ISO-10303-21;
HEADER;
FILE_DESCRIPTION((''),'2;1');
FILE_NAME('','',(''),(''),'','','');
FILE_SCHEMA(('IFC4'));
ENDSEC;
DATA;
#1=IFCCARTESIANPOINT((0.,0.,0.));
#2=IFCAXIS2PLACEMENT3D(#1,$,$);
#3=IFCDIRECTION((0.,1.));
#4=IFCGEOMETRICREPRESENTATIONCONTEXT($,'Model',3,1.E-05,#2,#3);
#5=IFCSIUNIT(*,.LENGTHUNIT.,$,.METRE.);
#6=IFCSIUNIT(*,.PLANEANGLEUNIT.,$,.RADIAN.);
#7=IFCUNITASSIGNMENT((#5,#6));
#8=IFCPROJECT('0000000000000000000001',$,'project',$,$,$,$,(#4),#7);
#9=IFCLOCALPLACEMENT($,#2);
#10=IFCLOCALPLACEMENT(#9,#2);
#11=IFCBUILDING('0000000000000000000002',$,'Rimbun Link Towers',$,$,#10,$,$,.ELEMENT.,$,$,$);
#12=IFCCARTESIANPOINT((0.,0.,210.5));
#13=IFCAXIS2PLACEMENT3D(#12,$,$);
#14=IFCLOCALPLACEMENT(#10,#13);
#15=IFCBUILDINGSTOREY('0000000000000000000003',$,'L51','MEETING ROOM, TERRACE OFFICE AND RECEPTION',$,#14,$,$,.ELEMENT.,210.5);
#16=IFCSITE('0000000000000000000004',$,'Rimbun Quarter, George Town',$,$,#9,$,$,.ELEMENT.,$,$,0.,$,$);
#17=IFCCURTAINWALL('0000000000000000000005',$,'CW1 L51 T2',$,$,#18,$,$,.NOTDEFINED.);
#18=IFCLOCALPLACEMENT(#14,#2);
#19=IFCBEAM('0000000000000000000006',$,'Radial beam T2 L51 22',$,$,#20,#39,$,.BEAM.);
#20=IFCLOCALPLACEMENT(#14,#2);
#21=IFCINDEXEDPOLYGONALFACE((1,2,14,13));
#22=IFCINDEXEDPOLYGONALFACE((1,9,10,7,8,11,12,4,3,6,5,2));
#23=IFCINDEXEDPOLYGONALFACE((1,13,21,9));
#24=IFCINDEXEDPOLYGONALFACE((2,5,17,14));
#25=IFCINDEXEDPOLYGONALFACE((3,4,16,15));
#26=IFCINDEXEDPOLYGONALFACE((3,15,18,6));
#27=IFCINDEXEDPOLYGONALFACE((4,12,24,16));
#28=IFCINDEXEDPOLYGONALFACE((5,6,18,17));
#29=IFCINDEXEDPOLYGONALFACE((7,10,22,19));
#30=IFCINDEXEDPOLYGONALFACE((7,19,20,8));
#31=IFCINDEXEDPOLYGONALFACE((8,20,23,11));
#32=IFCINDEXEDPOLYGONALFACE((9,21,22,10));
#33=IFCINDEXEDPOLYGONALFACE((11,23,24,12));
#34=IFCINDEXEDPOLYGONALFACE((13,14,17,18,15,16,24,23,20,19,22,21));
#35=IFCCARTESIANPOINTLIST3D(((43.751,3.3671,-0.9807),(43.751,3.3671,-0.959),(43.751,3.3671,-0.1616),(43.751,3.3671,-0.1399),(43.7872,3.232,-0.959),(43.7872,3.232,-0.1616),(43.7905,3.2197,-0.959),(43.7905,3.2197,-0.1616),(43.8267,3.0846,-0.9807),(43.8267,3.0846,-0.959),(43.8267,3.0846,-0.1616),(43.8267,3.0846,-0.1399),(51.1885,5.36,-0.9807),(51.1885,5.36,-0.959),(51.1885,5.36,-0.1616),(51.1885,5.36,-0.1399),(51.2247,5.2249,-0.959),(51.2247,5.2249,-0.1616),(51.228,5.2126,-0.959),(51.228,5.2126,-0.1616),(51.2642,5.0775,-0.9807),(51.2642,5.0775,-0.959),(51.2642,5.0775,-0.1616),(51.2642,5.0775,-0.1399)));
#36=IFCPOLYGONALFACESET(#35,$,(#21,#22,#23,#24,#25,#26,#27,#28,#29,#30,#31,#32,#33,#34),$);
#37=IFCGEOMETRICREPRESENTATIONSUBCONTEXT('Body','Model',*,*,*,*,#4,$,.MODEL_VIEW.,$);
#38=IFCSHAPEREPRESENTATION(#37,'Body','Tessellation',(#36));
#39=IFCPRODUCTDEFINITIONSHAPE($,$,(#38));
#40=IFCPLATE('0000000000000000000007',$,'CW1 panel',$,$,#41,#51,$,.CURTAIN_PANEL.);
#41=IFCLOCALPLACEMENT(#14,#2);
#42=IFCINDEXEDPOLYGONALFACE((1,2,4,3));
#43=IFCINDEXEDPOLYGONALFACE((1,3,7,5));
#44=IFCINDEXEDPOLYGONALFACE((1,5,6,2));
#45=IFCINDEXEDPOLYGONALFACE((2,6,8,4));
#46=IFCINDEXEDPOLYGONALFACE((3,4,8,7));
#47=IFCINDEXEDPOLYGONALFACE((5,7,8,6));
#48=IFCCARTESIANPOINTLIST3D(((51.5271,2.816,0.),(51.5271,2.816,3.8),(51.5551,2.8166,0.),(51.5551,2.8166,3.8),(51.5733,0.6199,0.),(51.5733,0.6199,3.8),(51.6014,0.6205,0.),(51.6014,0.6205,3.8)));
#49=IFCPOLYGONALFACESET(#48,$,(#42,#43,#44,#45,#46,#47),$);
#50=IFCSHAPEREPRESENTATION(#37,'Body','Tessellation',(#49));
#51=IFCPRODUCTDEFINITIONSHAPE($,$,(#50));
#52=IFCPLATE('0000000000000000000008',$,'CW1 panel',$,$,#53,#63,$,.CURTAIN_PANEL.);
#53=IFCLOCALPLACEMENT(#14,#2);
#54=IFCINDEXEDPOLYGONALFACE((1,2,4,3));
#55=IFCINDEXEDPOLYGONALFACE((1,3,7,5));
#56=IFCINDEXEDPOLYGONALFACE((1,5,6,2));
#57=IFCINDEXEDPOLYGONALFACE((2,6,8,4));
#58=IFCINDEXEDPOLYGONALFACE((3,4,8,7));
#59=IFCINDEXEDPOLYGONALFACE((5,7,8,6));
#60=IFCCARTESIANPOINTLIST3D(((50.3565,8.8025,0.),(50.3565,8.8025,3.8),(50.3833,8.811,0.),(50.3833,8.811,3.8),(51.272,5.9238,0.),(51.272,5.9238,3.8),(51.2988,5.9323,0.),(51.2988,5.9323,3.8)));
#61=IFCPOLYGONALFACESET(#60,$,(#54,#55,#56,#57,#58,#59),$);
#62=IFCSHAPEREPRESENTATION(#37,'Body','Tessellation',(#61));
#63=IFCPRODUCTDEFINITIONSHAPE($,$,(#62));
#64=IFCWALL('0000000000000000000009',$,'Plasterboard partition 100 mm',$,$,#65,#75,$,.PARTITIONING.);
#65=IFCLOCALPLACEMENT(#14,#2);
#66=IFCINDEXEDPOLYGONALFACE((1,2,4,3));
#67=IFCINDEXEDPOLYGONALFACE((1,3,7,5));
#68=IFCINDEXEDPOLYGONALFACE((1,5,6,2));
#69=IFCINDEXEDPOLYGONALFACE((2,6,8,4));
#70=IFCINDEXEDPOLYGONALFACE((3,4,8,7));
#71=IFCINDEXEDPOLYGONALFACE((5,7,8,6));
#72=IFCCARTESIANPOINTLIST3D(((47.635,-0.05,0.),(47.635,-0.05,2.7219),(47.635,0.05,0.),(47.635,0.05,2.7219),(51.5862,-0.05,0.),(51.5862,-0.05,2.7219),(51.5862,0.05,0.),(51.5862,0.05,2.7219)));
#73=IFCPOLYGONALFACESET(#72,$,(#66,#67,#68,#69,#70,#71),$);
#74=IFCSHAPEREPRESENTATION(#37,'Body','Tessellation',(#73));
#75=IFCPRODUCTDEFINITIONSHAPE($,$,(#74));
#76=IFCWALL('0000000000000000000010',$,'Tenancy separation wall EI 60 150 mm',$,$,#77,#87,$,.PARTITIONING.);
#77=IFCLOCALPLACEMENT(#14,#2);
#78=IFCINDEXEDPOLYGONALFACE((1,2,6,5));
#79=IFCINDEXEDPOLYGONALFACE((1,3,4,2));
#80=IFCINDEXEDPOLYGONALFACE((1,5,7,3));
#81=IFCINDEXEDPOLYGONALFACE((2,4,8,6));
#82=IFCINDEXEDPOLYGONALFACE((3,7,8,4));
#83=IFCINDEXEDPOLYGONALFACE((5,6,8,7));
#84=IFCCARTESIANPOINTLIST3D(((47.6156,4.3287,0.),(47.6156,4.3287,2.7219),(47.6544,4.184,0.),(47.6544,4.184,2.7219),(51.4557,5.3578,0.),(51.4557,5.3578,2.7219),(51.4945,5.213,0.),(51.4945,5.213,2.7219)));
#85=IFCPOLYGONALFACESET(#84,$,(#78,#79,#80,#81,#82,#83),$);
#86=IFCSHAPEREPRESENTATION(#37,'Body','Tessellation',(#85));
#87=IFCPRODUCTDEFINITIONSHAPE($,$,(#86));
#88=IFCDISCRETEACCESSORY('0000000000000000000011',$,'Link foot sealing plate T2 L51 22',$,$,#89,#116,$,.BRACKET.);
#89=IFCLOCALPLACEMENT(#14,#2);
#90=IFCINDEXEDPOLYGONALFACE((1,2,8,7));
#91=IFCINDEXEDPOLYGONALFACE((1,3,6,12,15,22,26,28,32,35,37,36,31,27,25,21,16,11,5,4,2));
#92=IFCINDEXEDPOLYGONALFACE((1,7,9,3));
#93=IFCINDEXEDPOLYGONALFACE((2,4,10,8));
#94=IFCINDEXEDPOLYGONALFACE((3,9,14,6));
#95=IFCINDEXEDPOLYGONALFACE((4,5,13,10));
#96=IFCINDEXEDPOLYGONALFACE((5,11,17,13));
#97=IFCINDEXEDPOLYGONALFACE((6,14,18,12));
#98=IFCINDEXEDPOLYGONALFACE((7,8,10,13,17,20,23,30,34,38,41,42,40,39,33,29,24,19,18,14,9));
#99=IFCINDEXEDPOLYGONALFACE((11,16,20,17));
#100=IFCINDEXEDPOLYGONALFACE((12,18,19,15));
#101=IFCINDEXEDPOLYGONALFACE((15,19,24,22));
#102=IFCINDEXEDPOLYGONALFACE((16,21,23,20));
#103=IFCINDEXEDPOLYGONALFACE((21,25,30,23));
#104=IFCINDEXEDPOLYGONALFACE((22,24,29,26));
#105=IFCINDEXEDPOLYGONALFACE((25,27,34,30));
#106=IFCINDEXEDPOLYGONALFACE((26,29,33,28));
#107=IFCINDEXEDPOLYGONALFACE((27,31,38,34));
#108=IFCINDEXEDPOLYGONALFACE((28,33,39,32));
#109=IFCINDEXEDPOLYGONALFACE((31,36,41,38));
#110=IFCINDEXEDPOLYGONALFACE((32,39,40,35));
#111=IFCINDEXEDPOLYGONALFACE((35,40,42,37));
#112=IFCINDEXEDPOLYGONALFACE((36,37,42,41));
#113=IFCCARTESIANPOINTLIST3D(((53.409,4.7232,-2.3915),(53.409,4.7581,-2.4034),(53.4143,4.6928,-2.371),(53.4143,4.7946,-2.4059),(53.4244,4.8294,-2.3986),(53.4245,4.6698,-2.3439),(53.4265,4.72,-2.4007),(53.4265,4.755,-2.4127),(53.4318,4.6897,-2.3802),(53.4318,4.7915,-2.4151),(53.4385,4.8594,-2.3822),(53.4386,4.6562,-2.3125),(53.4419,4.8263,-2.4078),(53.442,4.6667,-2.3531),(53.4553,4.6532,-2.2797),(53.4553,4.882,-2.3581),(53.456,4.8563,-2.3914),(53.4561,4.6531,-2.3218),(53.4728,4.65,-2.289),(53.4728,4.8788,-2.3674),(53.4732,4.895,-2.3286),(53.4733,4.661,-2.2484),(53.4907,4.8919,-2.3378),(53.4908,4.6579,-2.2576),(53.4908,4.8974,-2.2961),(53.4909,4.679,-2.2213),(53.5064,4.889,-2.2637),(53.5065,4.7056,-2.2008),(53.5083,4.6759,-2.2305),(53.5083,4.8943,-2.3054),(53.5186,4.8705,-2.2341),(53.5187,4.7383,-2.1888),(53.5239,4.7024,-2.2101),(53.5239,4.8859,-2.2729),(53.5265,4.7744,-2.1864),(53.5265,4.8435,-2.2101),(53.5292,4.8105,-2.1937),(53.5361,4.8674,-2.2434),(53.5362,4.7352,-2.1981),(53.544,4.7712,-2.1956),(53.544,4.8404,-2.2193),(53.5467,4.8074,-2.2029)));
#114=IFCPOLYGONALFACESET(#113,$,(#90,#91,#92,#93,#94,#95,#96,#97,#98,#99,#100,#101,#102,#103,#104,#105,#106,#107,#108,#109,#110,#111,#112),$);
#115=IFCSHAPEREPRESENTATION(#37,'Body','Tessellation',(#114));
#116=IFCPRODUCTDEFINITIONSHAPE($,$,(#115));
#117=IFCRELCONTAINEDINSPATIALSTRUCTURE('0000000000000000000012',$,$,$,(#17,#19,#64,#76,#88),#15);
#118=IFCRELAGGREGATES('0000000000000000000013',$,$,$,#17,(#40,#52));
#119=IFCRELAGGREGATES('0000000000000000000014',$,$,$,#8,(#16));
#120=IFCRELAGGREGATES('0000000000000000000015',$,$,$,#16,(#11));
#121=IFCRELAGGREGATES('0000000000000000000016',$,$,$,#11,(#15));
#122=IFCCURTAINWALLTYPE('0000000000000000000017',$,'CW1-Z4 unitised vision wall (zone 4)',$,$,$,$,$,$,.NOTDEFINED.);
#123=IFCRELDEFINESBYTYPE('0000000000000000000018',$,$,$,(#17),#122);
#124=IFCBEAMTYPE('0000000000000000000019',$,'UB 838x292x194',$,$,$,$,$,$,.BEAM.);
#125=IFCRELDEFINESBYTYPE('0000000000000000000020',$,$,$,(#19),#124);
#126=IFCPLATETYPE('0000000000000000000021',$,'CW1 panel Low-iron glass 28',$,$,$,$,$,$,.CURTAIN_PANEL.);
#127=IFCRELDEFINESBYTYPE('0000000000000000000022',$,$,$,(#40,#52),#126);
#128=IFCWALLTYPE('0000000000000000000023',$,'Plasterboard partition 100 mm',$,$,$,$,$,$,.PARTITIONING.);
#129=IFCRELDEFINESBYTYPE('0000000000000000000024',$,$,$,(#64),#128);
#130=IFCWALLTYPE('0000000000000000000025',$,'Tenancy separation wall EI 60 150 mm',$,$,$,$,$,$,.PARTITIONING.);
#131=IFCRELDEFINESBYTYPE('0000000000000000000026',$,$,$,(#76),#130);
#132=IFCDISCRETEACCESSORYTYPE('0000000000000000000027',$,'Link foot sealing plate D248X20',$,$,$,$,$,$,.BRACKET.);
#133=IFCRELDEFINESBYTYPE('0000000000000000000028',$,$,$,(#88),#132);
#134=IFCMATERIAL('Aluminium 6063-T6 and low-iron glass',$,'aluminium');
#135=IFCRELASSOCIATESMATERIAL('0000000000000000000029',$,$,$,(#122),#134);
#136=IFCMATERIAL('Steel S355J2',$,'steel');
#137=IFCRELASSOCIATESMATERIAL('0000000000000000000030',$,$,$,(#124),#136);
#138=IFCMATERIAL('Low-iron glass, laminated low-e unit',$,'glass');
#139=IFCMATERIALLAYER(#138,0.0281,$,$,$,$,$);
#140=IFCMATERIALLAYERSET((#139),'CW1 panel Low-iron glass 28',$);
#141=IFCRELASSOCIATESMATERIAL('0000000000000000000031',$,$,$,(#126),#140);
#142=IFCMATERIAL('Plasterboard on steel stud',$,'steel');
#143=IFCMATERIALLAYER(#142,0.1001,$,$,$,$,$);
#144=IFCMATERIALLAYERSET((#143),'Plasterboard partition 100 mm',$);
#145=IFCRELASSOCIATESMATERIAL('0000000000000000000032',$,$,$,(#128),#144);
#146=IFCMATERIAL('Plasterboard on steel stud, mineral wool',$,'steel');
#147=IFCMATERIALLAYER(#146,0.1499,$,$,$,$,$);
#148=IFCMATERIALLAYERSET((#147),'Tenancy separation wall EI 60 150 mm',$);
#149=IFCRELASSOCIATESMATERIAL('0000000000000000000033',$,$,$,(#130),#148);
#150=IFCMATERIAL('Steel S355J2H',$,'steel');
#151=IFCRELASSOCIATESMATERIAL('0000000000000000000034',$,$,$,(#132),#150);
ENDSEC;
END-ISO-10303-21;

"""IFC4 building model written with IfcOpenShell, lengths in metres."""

from ifc_helpers import new_model, si_unit, direction, frame, frame_2d, origin, origin_2d, place, context, subcontext, project, spatial, rectangle, circle, i_section, extrude, material, layer, layer_set, material_profile, profile_set, type_object, element, aggregate, save


model = new_model("IFC4")

# Units and contexts
model_context = context("Model", 3, precision=1e-05, world=origin(), true_north=direction((0.0, 1.0)))
body_context = subcontext(model_context, "Body", "Model", "MODEL_VIEW")
ifc_project = project(units=[si_unit("LENGTHUNIT", "METRE"), si_unit("PLANEANGLEUNIT", "RADIAN")], contexts=[model_context])

# Site, building, storey
site_placement = place(None, origin())
site = spatial("IfcSite", under=ifc_project, at=site_placement, Name="Rimbun Quarter, George Town", CompositionType="ELEMENT", RefElevation=0.0)
building_placement = place(site_placement, origin())
building = spatial("IfcBuilding", under=site, at=building_placement, Name="Rimbun Link Towers", CompositionType="ELEMENT")
storey_placement = place(building_placement, frame((0.0, 0.0, 210.5)))
storey = spatial("IfcBuildingStorey", under=building, at=storey_placement, Name="L51", Description="MEETING ROOM, TERRACE OFFICE AND RECEPTION", CompositionType="ELEMENT", Elevation=210.5)

# Curtain wall
ifc_material_1 = material(Name="Aluminium 6063-T6 and low-iron glass", Category="aluminium")
curtain_wall_type = type_object("IfcCurtainWallType", Name="CW1-Z4 unitised vision wall (zone 4)", PredefinedType="NOTDEFINED", material=ifc_material_1)
curtain_wall_placement = place(storey_placement, origin())
curtain_wall = element("IfcCurtainWall", 1, at=curtain_wall_placement, inside=storey, type_object=curtain_wall_type, Name="CW1 L51 T2", PredefinedType="NOTDEFINED")

# Beam
ifc_material_2 = material(Name="Steel S355J2", Category="steel")
ifc_material_profile_1 = material_profile(ifc_material_2, i_section(OverallWidth=0.2925, OverallDepth=0.8408, WebThickness=0.0127, FlangeThickness=0.0217, at=origin_2d()), Name="UB 838x292x194")
ifc_profile_set_1 = profile_set([ifc_material_profile_1], Name="Steel S355J2")
beam_type_1 = type_object("IfcBeamType", Name="UB 838x292x194", PredefinedType="BEAM", material=ifc_profile_set_1)
beam_1_placement = place(storey_placement, frame((43.7888, 3.2258, -0.5603), z_axis=(0.965924, 0.258825, 0.0), x_axis=(-0.258825, 0.965924, 0.0)))
element("IfcBeam", 2, at=beam_1_placement, inside=storey, type_object=beam_type_1, Name="Radial beam T2 L51 22", PredefinedType="BEAM", context=body_context, shape_type="SweptSolid", body=[
    extrude(i_section(OverallWidth=0.2925, OverallDepth=0.8408, WebThickness=0.0127, FlangeThickness=0.0217, at=origin_2d()), origin(), (0.0, 0.0, 1.0), 7.7),
])

# Plates
ifc_material_3 = material(Name="Low-iron glass, laminated low-e unit", Category="glass")
ifc_layer_1 = layer(ifc_material_3, 0.0281)
ifc_layer_set_1 = layer_set([ifc_layer_1], Name="CW1 panel Low-iron glass 28")
plate_type = type_object("IfcPlateType", Name="CW1 panel Low-iron glass 28", PredefinedType="CURTAIN_PANEL", material=ifc_layer_set_1)
plate_1_placement = place(storey_placement, frame((51.5642, 1.7183, 0.0), z_axis=(0.0, 0.0, 1.0), x_axis=(0.021054, -0.999778, 0.0)))
plate_1 = element("IfcPlate", 3, at=plate_1_placement, type_object=plate_type, Name="CW1 panel", PredefinedType="CURTAIN_PANEL", context=body_context, shape_type="SweptSolid", body=[
    extrude(rectangle(XDim=2.1965, YDim=0.0281, at=origin_2d()), origin(), (0.0, 0.0, 1.0), 3.8),
])
plate_2_placement = place(storey_placement, frame((50.8276, 7.3674, 0.0), z_axis=(0.0, 0.0, 1.0), x_axis=(0.303068, -0.952969, 0.0)))
plate_2 = element("IfcPlate", 4, at=plate_2_placement, type_object=plate_type, Name="CW1 panel", PredefinedType="CURTAIN_PANEL", context=body_context, shape_type="SweptSolid", body=[
    extrude(rectangle(XDim=3.0208, YDim=0.0281, at=origin_2d()), origin(), (0.0, 0.0, 1.0), 3.8),
])
aggregate(curtain_wall, [plate_1, plate_2])

# Walls
ifc_material_4 = material(Name="Plasterboard on steel stud", Category="steel")
ifc_layer_2 = layer(ifc_material_4, 0.1001)
ifc_layer_set_2 = layer_set([ifc_layer_2], Name="Plasterboard partition 100 mm")
wall_type_1 = type_object("IfcWallType", Name="Plasterboard partition 100 mm", PredefinedType="PARTITIONING", material=ifc_layer_set_2)
wall_1_placement = place(storey_placement, frame((51.5862, 0.0, 0.0), z_axis=(0.0, 0.0, 1.0), x_axis=(-1.0, 0.0, 0.0)))
element("IfcWall", 5, at=wall_1_placement, inside=storey, type_object=wall_type_1, Name="Plasterboard partition 100 mm", PredefinedType="PARTITIONING", context=body_context, shape_type="SweptSolid", body=[
    extrude(rectangle(XDim=3.9512, YDim=0.1001, at=frame_2d((1.9756, 0.0))), origin(), (0.0, 0.0, 1.0), 2.7219),
])
ifc_material_5 = material(Name="Plasterboard on steel stud, mineral wool", Category="steel")
ifc_layer_3 = layer(ifc_material_5, 0.1499)
ifc_layer_set_3 = layer_set([ifc_layer_3], Name="Tenancy separation wall EI 60 150 mm")
wall_type_2 = type_object("IfcWallType", Name="Tenancy separation wall EI 60 150 mm", PredefinedType="PARTITIONING", material=ifc_layer_set_3)
wall_2_placement = place(storey_placement, frame((47.635, 4.2563, 0.0), z_axis=(0.0, 0.0, 1.0), x_axis=(0.965919, 0.258844, 0.0)))
element("IfcWall", 6, at=wall_2_placement, inside=storey, type_object=wall_type_2, Name="Tenancy separation wall EI 60 150 mm", PredefinedType="PARTITIONING", context=body_context, shape_type="SweptSolid", body=[
    extrude(rectangle(XDim=3.9756, YDim=0.1499, at=frame_2d((1.9878, 0.0))), origin(), (0.0, 0.0, 1.0), 2.7219),
])

# Discrete accessory
ifc_material_6 = material(Name="Steel S355J2H", Category="steel")
ifc_material_profile_2 = material_profile(ifc_material_6, circle(Radius=0.124, at=origin_2d()), Name="PL D248")
ifc_profile_set_2 = profile_set([ifc_material_profile_2], Name="Steel S355J2H")
discrete_accessory_type = type_object("IfcDiscreteAccessoryType", Name="Link foot sealing plate D248X20", PredefinedType="BRACKET", material=ifc_profile_set_2)
discrete_accessory_placement = place(storey_placement, frame((53.4688, 4.7754, -2.2961), z_axis=(0.873321, -0.157683, -0.460919), x_axis=(0.177683, 0.984088, 0.0)))
element("IfcDiscreteAccessory", 7, at=discrete_accessory_placement, inside=storey, type_object=discrete_accessory_type, Name="Link foot sealing plate T2 L51 22", PredefinedType="BRACKET", context=body_context, shape_type="SweptSolid", body=[
    extrude(circle(Radius=0.124, at=origin_2d()), origin(), (0.0, 0.0, 1.0), 0.02),
])

save(model, "model.ifc")
